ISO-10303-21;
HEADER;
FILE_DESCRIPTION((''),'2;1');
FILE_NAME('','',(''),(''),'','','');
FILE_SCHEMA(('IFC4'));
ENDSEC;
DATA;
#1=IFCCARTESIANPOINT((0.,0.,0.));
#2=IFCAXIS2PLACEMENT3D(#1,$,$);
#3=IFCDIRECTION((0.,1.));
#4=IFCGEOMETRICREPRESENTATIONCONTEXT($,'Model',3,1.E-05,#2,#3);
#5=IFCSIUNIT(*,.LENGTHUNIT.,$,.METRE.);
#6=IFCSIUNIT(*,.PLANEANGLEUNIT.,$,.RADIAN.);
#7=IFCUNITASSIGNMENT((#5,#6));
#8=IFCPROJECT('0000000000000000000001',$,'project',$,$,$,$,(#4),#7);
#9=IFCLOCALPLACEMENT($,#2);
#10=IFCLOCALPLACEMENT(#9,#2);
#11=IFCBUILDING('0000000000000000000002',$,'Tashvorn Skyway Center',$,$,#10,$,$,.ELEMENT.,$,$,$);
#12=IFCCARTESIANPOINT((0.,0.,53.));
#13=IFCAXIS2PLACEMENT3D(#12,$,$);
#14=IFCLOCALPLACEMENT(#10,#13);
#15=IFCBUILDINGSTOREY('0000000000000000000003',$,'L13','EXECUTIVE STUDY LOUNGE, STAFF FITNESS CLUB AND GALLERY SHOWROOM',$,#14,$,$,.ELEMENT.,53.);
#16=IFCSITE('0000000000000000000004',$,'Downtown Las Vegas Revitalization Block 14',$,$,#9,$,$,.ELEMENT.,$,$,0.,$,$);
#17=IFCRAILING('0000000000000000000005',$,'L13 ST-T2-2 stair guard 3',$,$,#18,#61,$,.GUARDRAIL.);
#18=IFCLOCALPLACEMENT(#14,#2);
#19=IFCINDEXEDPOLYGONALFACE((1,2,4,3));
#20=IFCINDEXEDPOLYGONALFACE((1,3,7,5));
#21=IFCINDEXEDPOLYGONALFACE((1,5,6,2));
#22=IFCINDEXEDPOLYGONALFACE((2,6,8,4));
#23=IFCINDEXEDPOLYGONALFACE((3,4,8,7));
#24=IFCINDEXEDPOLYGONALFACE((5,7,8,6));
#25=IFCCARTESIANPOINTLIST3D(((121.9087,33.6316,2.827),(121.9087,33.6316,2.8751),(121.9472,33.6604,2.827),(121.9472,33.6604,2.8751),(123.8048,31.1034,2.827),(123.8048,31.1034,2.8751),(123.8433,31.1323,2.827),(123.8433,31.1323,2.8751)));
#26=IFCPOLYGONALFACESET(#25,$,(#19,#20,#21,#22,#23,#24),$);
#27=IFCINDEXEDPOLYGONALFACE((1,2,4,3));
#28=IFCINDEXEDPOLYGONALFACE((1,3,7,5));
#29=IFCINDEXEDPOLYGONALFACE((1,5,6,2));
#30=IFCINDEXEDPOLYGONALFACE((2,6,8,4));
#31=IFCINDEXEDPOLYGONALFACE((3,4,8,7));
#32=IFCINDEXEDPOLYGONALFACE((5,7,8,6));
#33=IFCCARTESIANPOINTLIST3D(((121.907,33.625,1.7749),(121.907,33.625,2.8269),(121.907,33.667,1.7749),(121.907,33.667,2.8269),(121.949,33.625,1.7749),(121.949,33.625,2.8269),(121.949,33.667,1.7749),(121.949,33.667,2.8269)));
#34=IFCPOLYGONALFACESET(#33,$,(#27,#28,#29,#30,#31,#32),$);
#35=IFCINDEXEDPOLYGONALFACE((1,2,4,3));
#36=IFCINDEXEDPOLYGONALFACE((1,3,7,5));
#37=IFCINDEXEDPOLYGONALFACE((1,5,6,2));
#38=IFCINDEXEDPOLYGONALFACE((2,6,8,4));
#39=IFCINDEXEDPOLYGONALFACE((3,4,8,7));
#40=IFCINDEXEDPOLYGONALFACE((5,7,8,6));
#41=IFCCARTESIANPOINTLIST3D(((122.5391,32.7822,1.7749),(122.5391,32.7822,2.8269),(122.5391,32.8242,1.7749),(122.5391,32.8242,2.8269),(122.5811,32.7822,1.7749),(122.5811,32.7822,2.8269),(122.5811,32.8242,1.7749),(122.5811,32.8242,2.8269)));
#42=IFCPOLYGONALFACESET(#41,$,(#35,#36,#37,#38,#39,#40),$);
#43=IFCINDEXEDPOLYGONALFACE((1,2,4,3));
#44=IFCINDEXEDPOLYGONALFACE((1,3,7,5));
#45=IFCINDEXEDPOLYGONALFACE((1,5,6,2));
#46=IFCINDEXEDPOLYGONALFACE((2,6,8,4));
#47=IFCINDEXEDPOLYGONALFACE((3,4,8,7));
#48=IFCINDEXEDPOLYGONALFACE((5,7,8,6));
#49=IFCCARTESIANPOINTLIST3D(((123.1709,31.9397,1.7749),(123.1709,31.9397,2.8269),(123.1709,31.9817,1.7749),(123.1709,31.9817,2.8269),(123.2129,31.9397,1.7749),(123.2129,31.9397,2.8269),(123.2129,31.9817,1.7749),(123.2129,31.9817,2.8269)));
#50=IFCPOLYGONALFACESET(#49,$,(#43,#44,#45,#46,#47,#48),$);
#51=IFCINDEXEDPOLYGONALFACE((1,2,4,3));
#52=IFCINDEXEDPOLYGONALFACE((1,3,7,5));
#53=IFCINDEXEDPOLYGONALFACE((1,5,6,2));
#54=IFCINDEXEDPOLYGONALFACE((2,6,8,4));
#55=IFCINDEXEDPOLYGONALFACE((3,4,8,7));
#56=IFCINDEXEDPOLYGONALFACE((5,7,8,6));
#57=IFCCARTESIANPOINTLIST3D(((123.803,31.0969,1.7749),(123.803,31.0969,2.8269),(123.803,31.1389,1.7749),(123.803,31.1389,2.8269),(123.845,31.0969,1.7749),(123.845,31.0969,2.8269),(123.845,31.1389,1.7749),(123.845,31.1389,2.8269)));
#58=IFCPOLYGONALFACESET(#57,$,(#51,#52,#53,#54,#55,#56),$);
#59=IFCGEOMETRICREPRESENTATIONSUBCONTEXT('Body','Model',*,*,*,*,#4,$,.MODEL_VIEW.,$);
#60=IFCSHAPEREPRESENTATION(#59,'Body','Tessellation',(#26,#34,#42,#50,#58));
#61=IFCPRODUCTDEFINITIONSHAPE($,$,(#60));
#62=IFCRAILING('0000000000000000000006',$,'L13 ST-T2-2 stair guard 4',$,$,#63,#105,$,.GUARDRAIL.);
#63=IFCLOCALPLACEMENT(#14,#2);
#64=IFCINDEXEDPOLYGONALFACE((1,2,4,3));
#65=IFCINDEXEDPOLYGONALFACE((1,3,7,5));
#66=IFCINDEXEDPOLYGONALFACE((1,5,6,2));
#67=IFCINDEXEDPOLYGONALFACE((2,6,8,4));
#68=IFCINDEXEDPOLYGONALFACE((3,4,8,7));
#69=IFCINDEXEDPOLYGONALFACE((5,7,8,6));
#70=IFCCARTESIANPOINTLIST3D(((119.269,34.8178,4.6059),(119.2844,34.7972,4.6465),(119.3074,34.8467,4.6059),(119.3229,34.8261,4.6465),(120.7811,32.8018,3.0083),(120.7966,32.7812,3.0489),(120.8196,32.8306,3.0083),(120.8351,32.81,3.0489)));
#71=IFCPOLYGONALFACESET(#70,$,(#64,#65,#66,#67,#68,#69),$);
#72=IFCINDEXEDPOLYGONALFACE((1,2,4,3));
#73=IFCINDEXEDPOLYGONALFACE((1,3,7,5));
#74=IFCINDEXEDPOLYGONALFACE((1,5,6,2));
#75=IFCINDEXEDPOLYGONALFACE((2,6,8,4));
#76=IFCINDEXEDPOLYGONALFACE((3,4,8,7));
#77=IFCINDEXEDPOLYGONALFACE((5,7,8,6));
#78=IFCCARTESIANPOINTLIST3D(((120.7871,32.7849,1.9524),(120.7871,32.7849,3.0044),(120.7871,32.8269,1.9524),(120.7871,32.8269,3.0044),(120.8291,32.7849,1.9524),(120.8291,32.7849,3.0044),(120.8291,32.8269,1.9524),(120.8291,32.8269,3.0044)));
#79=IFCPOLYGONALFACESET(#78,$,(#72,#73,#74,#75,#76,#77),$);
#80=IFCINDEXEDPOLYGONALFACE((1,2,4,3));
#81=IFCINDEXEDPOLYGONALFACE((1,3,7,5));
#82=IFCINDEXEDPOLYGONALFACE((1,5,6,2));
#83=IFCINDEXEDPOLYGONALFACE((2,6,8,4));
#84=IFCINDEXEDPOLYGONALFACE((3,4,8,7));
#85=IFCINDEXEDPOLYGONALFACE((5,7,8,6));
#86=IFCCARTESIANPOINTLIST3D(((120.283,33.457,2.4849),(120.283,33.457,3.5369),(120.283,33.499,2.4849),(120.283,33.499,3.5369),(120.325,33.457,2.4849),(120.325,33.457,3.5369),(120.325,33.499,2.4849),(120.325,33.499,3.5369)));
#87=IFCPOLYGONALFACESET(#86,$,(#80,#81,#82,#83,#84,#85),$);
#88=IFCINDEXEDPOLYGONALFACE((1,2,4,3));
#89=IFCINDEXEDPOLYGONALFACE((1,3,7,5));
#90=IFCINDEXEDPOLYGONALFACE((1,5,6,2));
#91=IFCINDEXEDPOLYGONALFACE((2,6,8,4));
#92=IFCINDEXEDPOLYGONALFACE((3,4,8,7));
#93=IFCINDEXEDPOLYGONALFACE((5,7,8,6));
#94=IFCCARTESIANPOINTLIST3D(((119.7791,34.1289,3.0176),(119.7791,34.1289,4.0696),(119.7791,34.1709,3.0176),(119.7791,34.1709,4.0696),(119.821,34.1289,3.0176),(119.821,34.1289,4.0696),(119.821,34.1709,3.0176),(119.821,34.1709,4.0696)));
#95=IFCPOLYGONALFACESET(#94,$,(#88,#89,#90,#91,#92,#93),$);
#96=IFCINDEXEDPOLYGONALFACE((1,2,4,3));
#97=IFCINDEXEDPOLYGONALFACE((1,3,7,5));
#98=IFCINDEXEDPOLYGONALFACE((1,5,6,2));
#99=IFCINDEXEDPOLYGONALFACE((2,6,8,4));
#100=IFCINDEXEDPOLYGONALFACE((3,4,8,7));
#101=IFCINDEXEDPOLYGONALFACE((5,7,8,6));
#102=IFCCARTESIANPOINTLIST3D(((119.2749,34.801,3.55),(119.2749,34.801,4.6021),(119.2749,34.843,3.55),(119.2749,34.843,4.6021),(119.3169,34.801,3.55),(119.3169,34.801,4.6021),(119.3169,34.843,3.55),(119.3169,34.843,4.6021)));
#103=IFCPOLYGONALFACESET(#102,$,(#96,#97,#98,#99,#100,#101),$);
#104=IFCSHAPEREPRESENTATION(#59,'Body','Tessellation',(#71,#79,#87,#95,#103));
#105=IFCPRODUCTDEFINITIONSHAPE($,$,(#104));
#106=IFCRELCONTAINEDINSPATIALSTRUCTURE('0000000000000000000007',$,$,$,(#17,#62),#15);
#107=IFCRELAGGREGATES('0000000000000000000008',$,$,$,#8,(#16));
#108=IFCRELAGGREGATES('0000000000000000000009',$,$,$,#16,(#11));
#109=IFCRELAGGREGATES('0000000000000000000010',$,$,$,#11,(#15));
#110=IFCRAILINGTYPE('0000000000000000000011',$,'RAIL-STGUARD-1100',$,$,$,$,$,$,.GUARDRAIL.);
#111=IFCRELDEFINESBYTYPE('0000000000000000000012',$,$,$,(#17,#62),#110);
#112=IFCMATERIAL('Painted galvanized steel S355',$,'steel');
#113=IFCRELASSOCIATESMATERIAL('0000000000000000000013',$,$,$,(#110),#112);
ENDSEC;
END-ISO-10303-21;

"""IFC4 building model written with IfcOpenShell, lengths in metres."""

from ifc_helpers import new_model, si_unit, direction, frame, origin, origin_2d, place, context, subcontext, project, spatial, rectangle, extrude, material, type_object, element, save


model = new_model("IFC4")

# Units and contexts
model_context = context("Model", 3, precision=1e-05, world=origin(), true_north=direction((0.0, 1.0)))
body_context = subcontext(model_context, "Body", "Model", "MODEL_VIEW")
ifc_project = project(units=[si_unit("LENGTHUNIT", "METRE"), si_unit("PLANEANGLEUNIT", "RADIAN")], contexts=[model_context])

# Site, building, storey
site_placement = place(None, origin())
site = spatial("IfcSite", under=ifc_project, at=site_placement, Name="Downtown Las Vegas Revitalization Block 14", CompositionType="ELEMENT", RefElevation=0.0)
building_placement = place(site_placement, origin())
building = spatial("IfcBuilding", under=site, at=building_placement, Name="Tashvorn Skyway Center", CompositionType="ELEMENT")
storey_placement = place(building_placement, frame((0.0, 0.0, 53.0)))
storey = spatial("IfcBuildingStorey", under=building, at=storey_placement, Name="L13", Description="EXECUTIVE STUDY LOUNGE, STAFF FITNESS CLUB AND GALLERY SHOWROOM", CompositionType="ELEMENT", Elevation=53.0)

# Railings
ifc_material_1 = material(Name="Painted galvanized steel S355", Category="steel")
railing_type_1 = type_object("IfcRailingType", Name="RAIL-STGUARD-1100", PredefinedType="GUARDRAIL", material=ifc_material_1)
railing_1_placement = place(storey_placement, frame((121.928, 33.646, 1.7749)))
element("IfcRailing", 1, at=railing_1_placement, inside=storey, type_object=railing_type_1, Name="L13 ST-T2-2 stair guard 3", PredefinedType="GUARDRAIL", context=body_context, shape_type="SweptSolid", body=[
    extrude(rectangle(XDim=0.0481, YDim=0.0481, at=origin_2d()), frame((0.0, 0.0, 1.0762), z_axis=(0.599988, -0.800009, 0.0), x_axis=(0.800009, 0.599988, 0.0)), (0.0, 0.0, 1.0), 3.1602),
    extrude(rectangle(XDim=0.042, YDim=0.042, at=origin_2d()), origin(), (0.0, 0.0, 1.0), 1.052),
    extrude(rectangle(XDim=0.042, YDim=0.042, at=origin_2d()), frame((0.6321, -0.8428, 0.0)), (0.0, 0.0, 1.0), 1.052),
    extrude(rectangle(XDim=0.042, YDim=0.042, at=origin_2d()), frame((1.2639, -1.6853, 0.0)), (0.0, 0.0, 1.0), 1.052),
    extrude(rectangle(XDim=0.042, YDim=0.042, at=origin_2d()), frame((1.896, -2.5281, 0.0)), (0.0, 0.0, 1.0), 1.052),
])
railing_2_placement = place(storey_placement, frame((120.8081, 32.8059, 1.9524)))
element("IfcRailing", 2, at=railing_2_placement, inside=storey, type_object=railing_type_1, Name="L13 ST-T2-2 stair guard 4", PredefinedType="GUARDRAIL", context=body_context, shape_type="SweptSolid", body=[
    extrude(rectangle(XDim=0.0481, YDim=0.0481, at=origin_2d()), frame((0.0, 0.0, 1.0762), z_axis=(-0.506779, 0.675651, 0.535416), x_axis=(-0.799977, -0.600031, 0.0)), (0.0, 0.0, 1.0), 2.9839),
    extrude(rectangle(XDim=0.042, YDim=0.042, at=origin_2d()), origin(), (0.0, 0.0, 1.0), 1.052),
    extrude(rectangle(XDim=0.042, YDim=0.042, at=origin_2d()), frame((-0.5042, 0.6721, 0.5325)), (0.0, 0.0, 1.0), 1.052),
    extrude(rectangle(XDim=0.042, YDim=0.042, at=origin_2d()), frame((-1.0081, 1.344, 1.0652)), (0.0, 0.0, 1.0), 1.052),
    extrude(rectangle(XDim=0.042, YDim=0.042, at=origin_2d()), frame((-1.5122, 2.0161, 1.5977)), (0.0, 0.0, 1.0), 1.052),
])

save(model, "model.ifc")
